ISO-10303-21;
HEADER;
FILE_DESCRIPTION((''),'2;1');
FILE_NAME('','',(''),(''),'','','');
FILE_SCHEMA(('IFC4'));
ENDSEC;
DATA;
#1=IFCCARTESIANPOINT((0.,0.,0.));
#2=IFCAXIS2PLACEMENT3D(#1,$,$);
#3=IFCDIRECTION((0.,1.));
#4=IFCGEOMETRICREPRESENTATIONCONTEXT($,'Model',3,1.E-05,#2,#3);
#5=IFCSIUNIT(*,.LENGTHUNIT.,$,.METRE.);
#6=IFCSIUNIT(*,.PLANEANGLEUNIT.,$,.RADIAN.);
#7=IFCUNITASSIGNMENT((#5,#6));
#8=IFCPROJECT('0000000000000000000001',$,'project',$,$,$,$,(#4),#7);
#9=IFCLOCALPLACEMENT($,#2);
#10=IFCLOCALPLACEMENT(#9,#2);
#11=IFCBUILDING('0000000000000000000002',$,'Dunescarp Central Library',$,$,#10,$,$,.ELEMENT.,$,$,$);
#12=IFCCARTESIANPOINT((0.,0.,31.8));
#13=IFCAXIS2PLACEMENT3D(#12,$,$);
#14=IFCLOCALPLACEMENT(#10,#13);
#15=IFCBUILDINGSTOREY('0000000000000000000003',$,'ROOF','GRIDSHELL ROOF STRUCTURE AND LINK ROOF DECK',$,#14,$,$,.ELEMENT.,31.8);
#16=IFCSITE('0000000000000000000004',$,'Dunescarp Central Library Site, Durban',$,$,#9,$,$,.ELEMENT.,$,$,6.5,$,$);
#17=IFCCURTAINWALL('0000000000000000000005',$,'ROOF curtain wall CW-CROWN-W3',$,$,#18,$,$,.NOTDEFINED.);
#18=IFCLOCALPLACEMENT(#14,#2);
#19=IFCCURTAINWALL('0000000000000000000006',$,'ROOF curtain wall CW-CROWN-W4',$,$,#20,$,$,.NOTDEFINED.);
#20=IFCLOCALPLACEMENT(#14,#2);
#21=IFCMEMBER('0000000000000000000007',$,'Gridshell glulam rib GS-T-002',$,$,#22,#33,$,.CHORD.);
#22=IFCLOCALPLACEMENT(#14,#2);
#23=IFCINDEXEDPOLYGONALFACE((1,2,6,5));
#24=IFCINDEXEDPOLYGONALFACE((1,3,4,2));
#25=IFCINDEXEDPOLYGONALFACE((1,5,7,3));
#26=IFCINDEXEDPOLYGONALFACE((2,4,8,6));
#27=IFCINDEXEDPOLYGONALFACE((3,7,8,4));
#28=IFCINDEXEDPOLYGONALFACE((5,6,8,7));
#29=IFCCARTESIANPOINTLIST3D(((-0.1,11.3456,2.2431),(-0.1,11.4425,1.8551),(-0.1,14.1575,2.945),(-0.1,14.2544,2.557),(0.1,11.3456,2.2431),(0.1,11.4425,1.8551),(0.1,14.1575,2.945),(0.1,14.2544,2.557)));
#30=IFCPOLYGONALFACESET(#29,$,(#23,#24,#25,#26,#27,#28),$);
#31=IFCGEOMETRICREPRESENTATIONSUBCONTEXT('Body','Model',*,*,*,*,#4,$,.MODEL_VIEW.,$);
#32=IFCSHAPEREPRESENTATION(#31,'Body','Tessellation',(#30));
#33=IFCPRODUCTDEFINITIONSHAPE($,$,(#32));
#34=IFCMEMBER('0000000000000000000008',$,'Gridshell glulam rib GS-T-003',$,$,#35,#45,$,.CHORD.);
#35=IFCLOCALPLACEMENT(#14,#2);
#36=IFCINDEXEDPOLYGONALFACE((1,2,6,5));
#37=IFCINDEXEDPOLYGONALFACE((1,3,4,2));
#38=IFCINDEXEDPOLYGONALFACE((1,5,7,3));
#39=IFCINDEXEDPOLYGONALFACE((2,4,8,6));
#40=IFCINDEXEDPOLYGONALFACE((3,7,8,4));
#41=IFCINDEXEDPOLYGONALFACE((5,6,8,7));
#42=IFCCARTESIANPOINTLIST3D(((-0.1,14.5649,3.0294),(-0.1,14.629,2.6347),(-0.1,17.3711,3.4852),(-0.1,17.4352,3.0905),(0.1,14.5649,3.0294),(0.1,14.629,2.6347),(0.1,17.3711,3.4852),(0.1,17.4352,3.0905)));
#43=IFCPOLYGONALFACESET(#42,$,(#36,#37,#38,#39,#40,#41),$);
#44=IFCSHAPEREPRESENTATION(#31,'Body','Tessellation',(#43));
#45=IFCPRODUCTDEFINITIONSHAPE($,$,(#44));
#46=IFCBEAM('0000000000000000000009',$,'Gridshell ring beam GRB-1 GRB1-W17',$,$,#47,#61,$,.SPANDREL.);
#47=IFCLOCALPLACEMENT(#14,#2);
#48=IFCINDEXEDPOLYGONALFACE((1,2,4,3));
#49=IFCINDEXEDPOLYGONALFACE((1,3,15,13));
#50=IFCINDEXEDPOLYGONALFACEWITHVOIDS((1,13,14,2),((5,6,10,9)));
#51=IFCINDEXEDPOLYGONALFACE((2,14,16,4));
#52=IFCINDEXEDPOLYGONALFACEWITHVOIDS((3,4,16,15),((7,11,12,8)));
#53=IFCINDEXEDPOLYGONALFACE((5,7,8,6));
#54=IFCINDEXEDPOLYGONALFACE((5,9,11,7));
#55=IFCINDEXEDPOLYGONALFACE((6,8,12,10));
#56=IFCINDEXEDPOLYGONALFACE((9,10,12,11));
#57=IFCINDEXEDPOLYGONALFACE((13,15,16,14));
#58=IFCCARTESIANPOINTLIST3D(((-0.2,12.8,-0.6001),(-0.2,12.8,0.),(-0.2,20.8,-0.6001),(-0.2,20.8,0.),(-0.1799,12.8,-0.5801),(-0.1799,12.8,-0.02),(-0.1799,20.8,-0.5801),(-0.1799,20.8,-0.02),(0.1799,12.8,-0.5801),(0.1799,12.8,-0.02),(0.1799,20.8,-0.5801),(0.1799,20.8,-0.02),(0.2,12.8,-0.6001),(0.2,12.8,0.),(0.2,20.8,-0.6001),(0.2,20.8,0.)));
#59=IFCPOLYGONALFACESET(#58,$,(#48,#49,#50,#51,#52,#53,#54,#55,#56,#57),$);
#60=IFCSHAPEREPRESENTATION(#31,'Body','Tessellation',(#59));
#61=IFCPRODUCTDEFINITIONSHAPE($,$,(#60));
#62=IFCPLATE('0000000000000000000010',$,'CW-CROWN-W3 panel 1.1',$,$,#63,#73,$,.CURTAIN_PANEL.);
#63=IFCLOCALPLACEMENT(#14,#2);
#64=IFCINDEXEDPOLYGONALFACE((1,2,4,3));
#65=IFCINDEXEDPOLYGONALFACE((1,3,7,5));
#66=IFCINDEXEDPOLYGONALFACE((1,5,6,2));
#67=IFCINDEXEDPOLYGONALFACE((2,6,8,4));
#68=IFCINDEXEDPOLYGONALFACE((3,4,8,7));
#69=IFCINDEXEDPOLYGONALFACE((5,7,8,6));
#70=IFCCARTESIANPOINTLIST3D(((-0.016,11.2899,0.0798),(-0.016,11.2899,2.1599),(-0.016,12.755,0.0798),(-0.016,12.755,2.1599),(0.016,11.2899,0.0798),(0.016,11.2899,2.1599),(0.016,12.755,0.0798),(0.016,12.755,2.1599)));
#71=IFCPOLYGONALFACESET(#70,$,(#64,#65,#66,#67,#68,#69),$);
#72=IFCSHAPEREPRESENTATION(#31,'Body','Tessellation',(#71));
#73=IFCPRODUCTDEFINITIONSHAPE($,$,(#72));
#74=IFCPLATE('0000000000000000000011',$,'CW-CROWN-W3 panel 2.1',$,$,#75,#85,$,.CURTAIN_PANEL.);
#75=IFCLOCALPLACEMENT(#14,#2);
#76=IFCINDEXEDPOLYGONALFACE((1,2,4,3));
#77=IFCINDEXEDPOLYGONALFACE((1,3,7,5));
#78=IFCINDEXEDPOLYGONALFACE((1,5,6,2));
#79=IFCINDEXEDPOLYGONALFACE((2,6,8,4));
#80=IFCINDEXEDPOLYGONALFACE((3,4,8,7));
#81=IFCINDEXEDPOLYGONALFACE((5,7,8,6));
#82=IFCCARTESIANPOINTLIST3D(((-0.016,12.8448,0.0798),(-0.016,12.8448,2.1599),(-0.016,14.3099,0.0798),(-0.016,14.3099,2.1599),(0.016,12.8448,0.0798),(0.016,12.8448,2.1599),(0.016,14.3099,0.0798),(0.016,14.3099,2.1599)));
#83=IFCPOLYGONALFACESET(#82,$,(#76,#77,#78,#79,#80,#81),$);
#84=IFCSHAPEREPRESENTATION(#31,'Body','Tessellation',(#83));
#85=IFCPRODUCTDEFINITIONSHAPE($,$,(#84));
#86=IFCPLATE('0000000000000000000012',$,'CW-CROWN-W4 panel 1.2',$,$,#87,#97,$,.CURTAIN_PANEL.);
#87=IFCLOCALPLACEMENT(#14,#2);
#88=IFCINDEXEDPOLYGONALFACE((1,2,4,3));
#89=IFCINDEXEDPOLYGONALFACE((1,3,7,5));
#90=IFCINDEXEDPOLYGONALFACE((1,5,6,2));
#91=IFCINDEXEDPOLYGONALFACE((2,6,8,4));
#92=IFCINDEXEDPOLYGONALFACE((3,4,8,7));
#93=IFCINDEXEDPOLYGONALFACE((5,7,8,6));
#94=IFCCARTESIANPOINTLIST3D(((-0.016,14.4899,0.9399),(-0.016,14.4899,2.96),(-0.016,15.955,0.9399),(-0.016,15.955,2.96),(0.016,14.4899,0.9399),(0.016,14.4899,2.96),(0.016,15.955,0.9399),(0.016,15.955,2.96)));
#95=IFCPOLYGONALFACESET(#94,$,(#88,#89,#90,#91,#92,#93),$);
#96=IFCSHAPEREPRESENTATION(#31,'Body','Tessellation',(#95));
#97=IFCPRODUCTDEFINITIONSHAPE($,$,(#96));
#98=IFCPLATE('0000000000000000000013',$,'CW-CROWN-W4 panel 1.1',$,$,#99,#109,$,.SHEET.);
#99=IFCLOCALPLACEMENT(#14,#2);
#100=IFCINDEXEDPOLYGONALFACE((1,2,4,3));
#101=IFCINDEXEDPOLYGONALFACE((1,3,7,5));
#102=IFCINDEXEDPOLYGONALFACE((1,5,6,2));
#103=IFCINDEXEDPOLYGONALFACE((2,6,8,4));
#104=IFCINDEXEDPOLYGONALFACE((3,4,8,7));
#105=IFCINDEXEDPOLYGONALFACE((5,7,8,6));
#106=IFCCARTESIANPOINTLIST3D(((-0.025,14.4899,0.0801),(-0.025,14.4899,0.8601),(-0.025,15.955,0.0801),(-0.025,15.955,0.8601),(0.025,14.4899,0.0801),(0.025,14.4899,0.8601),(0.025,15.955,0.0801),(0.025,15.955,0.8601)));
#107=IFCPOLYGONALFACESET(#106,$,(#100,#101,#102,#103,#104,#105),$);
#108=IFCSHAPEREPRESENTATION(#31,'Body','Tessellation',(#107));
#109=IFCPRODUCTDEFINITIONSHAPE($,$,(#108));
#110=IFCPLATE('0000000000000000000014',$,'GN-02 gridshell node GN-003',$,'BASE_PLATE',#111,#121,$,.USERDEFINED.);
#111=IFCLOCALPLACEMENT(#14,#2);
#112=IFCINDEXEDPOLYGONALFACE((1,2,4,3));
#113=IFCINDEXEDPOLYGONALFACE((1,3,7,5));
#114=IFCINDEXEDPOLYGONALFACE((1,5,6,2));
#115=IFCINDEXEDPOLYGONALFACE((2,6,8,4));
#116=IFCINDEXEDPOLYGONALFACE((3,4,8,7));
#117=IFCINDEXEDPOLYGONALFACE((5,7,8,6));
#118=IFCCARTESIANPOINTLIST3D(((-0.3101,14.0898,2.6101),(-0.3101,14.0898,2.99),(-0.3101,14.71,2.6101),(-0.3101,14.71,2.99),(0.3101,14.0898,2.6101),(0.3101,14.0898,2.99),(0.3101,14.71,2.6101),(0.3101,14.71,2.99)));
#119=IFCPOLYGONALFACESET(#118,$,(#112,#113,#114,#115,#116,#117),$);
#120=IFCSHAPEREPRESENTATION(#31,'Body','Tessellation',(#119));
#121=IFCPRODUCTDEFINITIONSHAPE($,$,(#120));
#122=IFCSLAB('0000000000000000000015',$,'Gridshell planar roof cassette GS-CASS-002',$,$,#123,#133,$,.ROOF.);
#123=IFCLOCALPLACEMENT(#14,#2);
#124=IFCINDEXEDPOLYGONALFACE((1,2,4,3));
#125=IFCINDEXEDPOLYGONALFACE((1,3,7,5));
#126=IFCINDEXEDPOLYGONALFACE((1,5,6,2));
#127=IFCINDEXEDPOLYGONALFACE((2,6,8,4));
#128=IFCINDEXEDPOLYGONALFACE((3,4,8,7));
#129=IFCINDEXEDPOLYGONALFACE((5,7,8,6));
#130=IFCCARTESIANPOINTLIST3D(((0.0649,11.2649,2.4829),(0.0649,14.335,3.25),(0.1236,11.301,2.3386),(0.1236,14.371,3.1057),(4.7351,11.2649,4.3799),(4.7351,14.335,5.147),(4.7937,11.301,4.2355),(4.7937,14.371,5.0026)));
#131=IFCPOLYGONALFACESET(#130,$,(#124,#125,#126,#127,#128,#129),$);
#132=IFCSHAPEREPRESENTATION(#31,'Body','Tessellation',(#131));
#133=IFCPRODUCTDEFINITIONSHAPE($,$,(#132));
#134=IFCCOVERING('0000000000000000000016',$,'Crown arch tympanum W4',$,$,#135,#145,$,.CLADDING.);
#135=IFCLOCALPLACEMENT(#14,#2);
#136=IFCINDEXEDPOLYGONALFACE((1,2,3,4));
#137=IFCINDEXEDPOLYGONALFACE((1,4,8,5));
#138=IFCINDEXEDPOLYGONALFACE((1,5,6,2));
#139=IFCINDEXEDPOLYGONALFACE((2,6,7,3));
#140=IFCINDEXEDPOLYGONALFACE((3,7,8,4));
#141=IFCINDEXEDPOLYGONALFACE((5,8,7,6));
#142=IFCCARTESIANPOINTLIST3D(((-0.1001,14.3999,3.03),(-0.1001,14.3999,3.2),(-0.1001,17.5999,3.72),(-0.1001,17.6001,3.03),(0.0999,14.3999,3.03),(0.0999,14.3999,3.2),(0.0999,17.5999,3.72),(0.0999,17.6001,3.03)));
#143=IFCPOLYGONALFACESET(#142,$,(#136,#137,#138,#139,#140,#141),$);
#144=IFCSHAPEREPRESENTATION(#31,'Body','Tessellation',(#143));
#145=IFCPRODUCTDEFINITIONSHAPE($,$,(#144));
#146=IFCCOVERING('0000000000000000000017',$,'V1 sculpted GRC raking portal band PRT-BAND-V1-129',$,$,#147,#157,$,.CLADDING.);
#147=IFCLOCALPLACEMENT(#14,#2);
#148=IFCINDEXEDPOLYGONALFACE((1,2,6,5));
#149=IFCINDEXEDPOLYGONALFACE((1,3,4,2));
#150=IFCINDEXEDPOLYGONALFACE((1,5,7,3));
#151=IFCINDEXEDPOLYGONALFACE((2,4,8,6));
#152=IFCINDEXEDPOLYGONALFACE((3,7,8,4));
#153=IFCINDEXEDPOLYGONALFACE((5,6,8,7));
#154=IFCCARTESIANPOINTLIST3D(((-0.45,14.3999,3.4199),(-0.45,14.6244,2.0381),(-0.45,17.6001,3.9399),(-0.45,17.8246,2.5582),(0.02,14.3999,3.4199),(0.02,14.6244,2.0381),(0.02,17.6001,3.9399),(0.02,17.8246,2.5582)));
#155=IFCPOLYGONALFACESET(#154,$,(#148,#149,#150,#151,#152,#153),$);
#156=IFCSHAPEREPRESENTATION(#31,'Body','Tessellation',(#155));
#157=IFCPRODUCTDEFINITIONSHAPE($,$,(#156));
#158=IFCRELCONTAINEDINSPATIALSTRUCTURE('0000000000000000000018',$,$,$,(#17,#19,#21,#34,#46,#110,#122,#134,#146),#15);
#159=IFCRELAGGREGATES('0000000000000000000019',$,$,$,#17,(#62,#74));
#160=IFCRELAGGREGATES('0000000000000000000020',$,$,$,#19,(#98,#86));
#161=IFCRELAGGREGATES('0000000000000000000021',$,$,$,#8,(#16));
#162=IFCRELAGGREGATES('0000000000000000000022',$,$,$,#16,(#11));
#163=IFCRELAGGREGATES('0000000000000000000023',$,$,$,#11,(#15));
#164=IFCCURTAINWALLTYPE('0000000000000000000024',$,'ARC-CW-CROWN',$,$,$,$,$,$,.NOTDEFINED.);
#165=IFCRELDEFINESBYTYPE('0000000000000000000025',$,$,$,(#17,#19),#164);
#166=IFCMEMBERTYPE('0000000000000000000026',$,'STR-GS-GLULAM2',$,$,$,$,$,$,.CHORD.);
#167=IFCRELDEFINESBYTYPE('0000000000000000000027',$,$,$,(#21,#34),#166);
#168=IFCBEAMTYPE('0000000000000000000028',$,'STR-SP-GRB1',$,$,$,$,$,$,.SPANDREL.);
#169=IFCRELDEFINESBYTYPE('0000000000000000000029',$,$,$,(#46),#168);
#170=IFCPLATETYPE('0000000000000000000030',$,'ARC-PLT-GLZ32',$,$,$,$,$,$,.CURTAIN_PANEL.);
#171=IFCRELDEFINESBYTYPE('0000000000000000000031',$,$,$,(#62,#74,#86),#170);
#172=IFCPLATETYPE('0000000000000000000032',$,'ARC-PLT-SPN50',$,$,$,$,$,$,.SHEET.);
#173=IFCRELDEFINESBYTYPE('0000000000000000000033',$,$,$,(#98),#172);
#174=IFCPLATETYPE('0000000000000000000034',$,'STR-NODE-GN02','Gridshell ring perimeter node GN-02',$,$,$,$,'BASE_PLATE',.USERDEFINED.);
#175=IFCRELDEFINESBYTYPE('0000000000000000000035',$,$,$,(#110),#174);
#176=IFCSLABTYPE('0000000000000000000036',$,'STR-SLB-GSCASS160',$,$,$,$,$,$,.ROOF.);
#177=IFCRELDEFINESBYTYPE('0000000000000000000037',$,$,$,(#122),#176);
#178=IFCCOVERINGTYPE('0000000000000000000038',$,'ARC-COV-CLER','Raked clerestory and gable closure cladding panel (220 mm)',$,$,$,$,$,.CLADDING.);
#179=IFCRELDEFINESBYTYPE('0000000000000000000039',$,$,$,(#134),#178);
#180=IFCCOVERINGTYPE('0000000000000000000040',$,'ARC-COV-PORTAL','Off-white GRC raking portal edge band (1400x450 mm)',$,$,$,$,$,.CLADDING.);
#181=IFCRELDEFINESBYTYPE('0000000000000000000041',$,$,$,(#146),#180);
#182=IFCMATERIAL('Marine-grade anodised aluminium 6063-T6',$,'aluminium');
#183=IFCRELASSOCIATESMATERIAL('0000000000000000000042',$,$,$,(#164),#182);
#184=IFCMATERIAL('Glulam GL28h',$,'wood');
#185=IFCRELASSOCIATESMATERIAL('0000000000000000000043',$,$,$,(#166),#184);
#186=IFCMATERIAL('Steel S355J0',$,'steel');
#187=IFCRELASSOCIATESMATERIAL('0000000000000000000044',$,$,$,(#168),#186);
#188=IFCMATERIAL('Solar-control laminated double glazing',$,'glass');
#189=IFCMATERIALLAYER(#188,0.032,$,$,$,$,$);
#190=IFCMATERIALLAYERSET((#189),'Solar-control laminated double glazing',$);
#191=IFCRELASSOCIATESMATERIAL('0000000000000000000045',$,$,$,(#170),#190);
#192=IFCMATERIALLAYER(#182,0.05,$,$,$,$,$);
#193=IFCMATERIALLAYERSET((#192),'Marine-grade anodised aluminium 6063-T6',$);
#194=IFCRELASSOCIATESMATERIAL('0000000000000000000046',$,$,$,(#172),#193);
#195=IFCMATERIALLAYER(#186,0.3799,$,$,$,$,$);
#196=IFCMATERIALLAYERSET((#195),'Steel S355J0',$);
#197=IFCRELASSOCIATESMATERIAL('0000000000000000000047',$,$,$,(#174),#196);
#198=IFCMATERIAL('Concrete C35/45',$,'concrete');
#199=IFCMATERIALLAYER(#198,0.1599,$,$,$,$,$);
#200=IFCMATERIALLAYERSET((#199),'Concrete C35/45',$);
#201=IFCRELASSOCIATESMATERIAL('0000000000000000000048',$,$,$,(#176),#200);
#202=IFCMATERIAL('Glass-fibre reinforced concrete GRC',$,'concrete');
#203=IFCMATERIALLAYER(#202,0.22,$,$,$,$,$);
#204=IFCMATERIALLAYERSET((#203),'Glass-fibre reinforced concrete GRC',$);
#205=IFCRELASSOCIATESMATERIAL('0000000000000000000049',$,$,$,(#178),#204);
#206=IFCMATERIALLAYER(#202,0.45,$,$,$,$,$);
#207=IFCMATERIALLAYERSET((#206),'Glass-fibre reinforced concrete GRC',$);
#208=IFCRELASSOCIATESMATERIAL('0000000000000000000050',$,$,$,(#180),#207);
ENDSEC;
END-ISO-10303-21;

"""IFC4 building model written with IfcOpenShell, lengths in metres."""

from ifc_helpers import new_model, si_unit, direction, frame, origin, origin_2d, place, context, subcontext, project, spatial, polyline, rectangle, hollow_rectangle, outline, extrude, material, layer, layer_set, material_profile, profile_set, type_object, element, aggregate, save


model = new_model("IFC4")

# Units and contexts
model_context = context("Model", 3, precision=1e-05, world=origin(), true_north=direction((0.0, 1.0)))
body_context = subcontext(model_context, "Body", "Model", "MODEL_VIEW")
ifc_project = project(units=[si_unit("LENGTHUNIT", "METRE"), si_unit("PLANEANGLEUNIT", "RADIAN")], contexts=[model_context])

# Site, building, storey
site_placement = place(None, origin())
site = spatial("IfcSite", under=ifc_project, at=site_placement, Name="Dunescarp Central Library Site, Durban", CompositionType="ELEMENT", RefElevation=6.5)
building_placement = place(site_placement, origin())
building = spatial("IfcBuilding", under=site, at=building_placement, Name="Dunescarp Central Library", CompositionType="ELEMENT")
storey_placement = place(building_placement, frame((0.0, 0.0, 31.8)))
storey = spatial("IfcBuildingStorey", under=building, at=storey_placement, Name="ROOF", Description="GRIDSHELL ROOF STRUCTURE AND LINK ROOF DECK", CompositionType="ELEMENT", Elevation=31.8)

# Curtain walls
ifc_material_1 = material(Name="Marine-grade anodised aluminium 6063-T6", Category="aluminium")
curtain_wall_type = type_object("IfcCurtainWallType", Name="ARC-CW-CROWN", PredefinedType="NOTDEFINED", material=ifc_material_1)
curtain_wall_1_placement = place(storey_placement, origin())
curtain_wall_1 = element("IfcCurtainWall", 1, at=curtain_wall_1_placement, inside=storey, type_object=curtain_wall_type, Name="ROOF curtain wall CW-CROWN-W3", PredefinedType="NOTDEFINED")
curtain_wall_2_placement = place(storey_placement, origin())
curtain_wall_2 = element("IfcCurtainWall", 2, at=curtain_wall_2_placement, inside=storey, type_object=curtain_wall_type, Name="ROOF curtain wall CW-CROWN-W4", PredefinedType="NOTDEFINED")

# Members
ifc_material_2 = material(Name="Glulam GL28h", Category="wood")
ifc_material_profile_1 = material_profile(ifc_material_2, rectangle(XDim=0.2, YDim=0.3999, at=origin_2d()), Name="GL28h 200x400")
ifc_profile_set_1 = profile_set([ifc_material_profile_1], Name="Glulam GL28h")
member_type_1 = type_object("IfcMemberType", Name="STR-GS-GLULAM2", PredefinedType="CHORD", material=ifc_profile_set_1)
member_1_placement = place(storey_placement, frame((0.0, 11.394, 2.0491), z_axis=(0.0, 0.970232, 0.242179), x_axis=(-1.0, 0.0, 0.0)))
element("IfcMember", 3, at=member_1_placement, inside=storey, type_object=member_type_1, Name="Gridshell glulam rib GS-T-002", PredefinedType="CHORD", context=body_context, shape_type="SweptSolid", body=[
    extrude(rectangle(XDim=0.2, YDim=0.3999, at=origin_2d()), origin(), (0.0, 0.0, 1.0), 2.8982),
])
member_2_placement = place(storey_placement, frame((0.0, 14.5969, 2.832), z_axis=(0.0, 0.987063, 0.160331), x_axis=(-1.0, 0.0, 0.0)))
element("IfcMember", 4, at=member_2_placement, inside=storey, type_object=member_type_1, Name="Gridshell glulam rib GS-T-003", PredefinedType="CHORD", context=body_context, shape_type="SweptSolid", body=[
    extrude(rectangle(XDim=0.2, YDim=0.3999, at=origin_2d()), origin(), (0.0, 0.0, 1.0), 2.843),
])

# Beam
ifc_material_3 = material(Name="Steel S355J0", Category="steel")
ifc_material_profile_2 = material_profile(ifc_material_3, hollow_rectangle(XDim=0.3999, YDim=0.6001, WallThickness=0.02, at=origin_2d()), Name="RHS 600x400x20")
ifc_profile_set_2 = profile_set([ifc_material_profile_2], Name="Steel S355J0")
beam_type = type_object("IfcBeamType", Name="STR-SP-GRB1", PredefinedType="SPANDREL", material=ifc_profile_set_2)
beam_placement = place(storey_placement, frame((0.0, 12.8, -0.3), z_axis=(0.0, 1.0, 0.0), x_axis=(-1.0, 0.0, 0.0)))
element("IfcBeam", 5, at=beam_placement, inside=storey, type_object=beam_type, Name="Gridshell ring beam GRB-1 GRB1-W17", PredefinedType="SPANDREL", context=body_context, shape_type="SweptSolid", body=[
    extrude(hollow_rectangle(XDim=0.3999, YDim=0.6001, WallThickness=0.02, at=origin_2d()), origin(), (0.0, 0.0, 1.0), 8.0),
])

# Plates
ifc_material_4 = material(Name="Solar-control laminated double glazing", Category="glass")
ifc_layer_1 = layer(ifc_material_4, 0.032)
ifc_layer_set_1 = layer_set([ifc_layer_1], Name="Solar-control laminated double glazing")
plate_type_1 = type_object("IfcPlateType", Name="ARC-PLT-GLZ32", PredefinedType="CURTAIN_PANEL", material=ifc_layer_set_1)
plate_1_placement = place(storey_placement, frame((0.0, 12.0225, 0.0798), z_axis=(0.0, 0.0, 1.0), x_axis=(0.0, 1.0, 0.0)))
plate_1 = element("IfcPlate", 6, at=plate_1_placement, type_object=plate_type_1, Name="CW-CROWN-W3 panel 1.1", PredefinedType="CURTAIN_PANEL", context=body_context, shape_type="SweptSolid", body=[
    extrude(rectangle(XDim=1.4651, YDim=0.032, at=origin_2d()), origin(), (0.0, 0.0, 1.0), 2.0801),
])
plate_2_placement = place(storey_placement, frame((0.0, 13.5774, 0.0798), z_axis=(0.0, 0.0, 1.0), x_axis=(0.0, 1.0, 0.0)))
plate_2 = element("IfcPlate", 7, at=plate_2_placement, type_object=plate_type_1, Name="CW-CROWN-W3 panel 2.1", PredefinedType="CURTAIN_PANEL", context=body_context, shape_type="SweptSolid", body=[
    extrude(rectangle(XDim=1.4651, YDim=0.032, at=origin_2d()), origin(), (0.0, 0.0, 1.0), 2.0801),
])
aggregate(curtain_wall_1, [plate_1, plate_2])
plate_3_placement = place(storey_placement, frame((0.0, 15.2224, 0.9399), z_axis=(0.0, 0.0, 1.0), x_axis=(0.0, 1.0, 0.0)))
plate_3 = element("IfcPlate", 8, at=plate_3_placement, type_object=plate_type_1, Name="CW-CROWN-W4 panel 1.2", PredefinedType="CURTAIN_PANEL", context=body_context, shape_type="SweptSolid", body=[
    extrude(rectangle(XDim=1.4651, YDim=0.032, at=origin_2d()), origin(), (0.0, 0.0, 1.0), 2.02),
])
ifc_layer_2 = layer(ifc_material_1, 0.05)
ifc_layer_set_2 = layer_set([ifc_layer_2], Name="Marine-grade anodised aluminium 6063-T6")
plate_type_2 = type_object("IfcPlateType", Name="ARC-PLT-SPN50", PredefinedType="SHEET", material=ifc_layer_set_2)
plate_4_placement = place(storey_placement, frame((0.0, 15.2224, 0.0801), z_axis=(0.0, 0.0, 1.0), x_axis=(0.0, 1.0, 0.0)))
plate_4 = element("IfcPlate", 9, at=plate_4_placement, type_object=plate_type_2, Name="CW-CROWN-W4 panel 1.1", PredefinedType="SHEET", context=body_context, shape_type="SweptSolid", body=[
    extrude(rectangle(XDim=1.4651, YDim=0.05, at=origin_2d()), origin(), (0.0, 0.0, 1.0), 0.78),
])
aggregate(curtain_wall_2, [plate_4, plate_3])
ifc_layer_3 = layer(ifc_material_3, 0.3799)
ifc_layer_set_3 = layer_set([ifc_layer_3], Name="Steel S355J0")
plate_type_3 = type_object("IfcPlateType", Name="STR-NODE-GN02", Description="Gridshell ring perimeter node GN-02", ElementType="BASE_PLATE", PredefinedType="USERDEFINED", material=ifc_layer_set_3)
plate_5_placement = place(storey_placement, frame((0.0, 14.3999, 2.6101), z_axis=(0.0, 0.0, 1.0), x_axis=(1.0, 0.0, 0.0)))
element("IfcPlate", 10, at=plate_5_placement, inside=storey, type_object=plate_type_3, Name="GN-02 gridshell node GN-003", ObjectType="BASE_PLATE", PredefinedType="USERDEFINED", context=body_context, shape_type="SweptSolid", body=[
    extrude(rectangle(XDim=0.6201, YDim=0.6201, at=origin_2d()), origin(), (0.0, 0.0, 1.0), 0.3799),
])

# Slab
ifc_material_5 = material(Name="Concrete C35/45", Category="concrete")
ifc_layer_4 = layer(ifc_material_5, 0.1599)
ifc_layer_set_4 = layer_set([ifc_layer_4], Name="Concrete C35/45")
slab_type = type_object("IfcSlabType", Name="STR-SLB-GSCASS160", PredefinedType="ROOF", material=ifc_layer_set_4)
slab_placement = place(storey_placement, frame((0.0649, 11.2649, 2.4829), z_axis=(-0.366633, -0.225529, 0.902617), x_axis=(0.926486, 0.0, 0.376329)))
element("IfcSlab", 11, at=slab_placement, inside=storey, type_object=slab_type, Name="Gridshell planar roof cassette GS-CASS-002", PredefinedType="ROOF", context=body_context, shape_type="SweptSolid", body=[
    extrude(outline(polyline([(0.0, 0.0), (5.0407, 0.0), (5.3294, 3.1513), (0.2887, 3.1513), (0.0, 0.0)])), origin(), (0.0, 0.0, -1.0), 0.1599),
])

# Coverings
ifc_material_6 = material(Name="Glass-fibre reinforced concrete GRC", Category="concrete")
ifc_layer_5 = layer(ifc_material_6, 0.22)
ifc_layer_set_5 = layer_set([ifc_layer_5], Name="Glass-fibre reinforced concrete GRC")
covering_type_1 = type_object("IfcCoveringType", Name="ARC-COV-CLER", Description="Raked clerestory and gable closure cladding panel (220 mm)", PredefinedType="CLADDING", material=ifc_layer_set_5)
covering_1_placement = place(storey_placement, frame((0.0, 14.3999, 3.03), z_axis=(0.0, 0.0, 1.0), x_axis=(0.0, 1.0, 0.0)))
element("IfcCovering", 12, at=covering_1_placement, inside=storey, type_object=covering_type_1, Name="Crown arch tympanum W4", PredefinedType="CLADDING", context=body_context, shape_type="SweptSolid", body=[
    extrude(outline(polyline([(0.0, 0.0), (3.2002, 0.0), (3.2, 0.6899), (0.0, 0.1699), (0.0, 0.0)])), frame((0.0, 0.1001, 0.0), z_axis=(0.0, -1.0, 0.0), x_axis=(1.0, 0.0, 0.0)), (0.0, 0.0, 1.0), 0.2),
])
ifc_layer_6 = layer(ifc_material_6, 0.45)
ifc_layer_set_6 = layer_set([ifc_layer_6], Name="Glass-fibre reinforced concrete GRC")
covering_type_2 = type_object("IfcCoveringType", Name="ARC-COV-PORTAL", Description="Off-white GRC raking portal edge band (1400x450 mm)", PredefinedType="CLADDING", material=ifc_layer_set_6)
covering_2_placement = place(storey_placement, frame((-0.45, 14.3999, 3.4199), z_axis=(0.0, -0.160392, 0.987053), x_axis=(1.0, 0.0, 0.0)))
element("IfcCovering", 13, at=covering_2_placement, inside=storey, type_object=covering_type_2, Name="V1 sculpted GRC raking portal band PRT-BAND-V1-129", PredefinedType="CLADDING", context=body_context, shape_type="SweptSolid", body=[
    extrude(outline(polyline([(0.0, 0.0), (0.47, 0.0), (0.47, 3.2422), (0.0, 3.2422), (0.0, 0.0)])), origin(), (0.0, 0.0, -1.0), 1.3999),
])

save(model, "model.ifc")
